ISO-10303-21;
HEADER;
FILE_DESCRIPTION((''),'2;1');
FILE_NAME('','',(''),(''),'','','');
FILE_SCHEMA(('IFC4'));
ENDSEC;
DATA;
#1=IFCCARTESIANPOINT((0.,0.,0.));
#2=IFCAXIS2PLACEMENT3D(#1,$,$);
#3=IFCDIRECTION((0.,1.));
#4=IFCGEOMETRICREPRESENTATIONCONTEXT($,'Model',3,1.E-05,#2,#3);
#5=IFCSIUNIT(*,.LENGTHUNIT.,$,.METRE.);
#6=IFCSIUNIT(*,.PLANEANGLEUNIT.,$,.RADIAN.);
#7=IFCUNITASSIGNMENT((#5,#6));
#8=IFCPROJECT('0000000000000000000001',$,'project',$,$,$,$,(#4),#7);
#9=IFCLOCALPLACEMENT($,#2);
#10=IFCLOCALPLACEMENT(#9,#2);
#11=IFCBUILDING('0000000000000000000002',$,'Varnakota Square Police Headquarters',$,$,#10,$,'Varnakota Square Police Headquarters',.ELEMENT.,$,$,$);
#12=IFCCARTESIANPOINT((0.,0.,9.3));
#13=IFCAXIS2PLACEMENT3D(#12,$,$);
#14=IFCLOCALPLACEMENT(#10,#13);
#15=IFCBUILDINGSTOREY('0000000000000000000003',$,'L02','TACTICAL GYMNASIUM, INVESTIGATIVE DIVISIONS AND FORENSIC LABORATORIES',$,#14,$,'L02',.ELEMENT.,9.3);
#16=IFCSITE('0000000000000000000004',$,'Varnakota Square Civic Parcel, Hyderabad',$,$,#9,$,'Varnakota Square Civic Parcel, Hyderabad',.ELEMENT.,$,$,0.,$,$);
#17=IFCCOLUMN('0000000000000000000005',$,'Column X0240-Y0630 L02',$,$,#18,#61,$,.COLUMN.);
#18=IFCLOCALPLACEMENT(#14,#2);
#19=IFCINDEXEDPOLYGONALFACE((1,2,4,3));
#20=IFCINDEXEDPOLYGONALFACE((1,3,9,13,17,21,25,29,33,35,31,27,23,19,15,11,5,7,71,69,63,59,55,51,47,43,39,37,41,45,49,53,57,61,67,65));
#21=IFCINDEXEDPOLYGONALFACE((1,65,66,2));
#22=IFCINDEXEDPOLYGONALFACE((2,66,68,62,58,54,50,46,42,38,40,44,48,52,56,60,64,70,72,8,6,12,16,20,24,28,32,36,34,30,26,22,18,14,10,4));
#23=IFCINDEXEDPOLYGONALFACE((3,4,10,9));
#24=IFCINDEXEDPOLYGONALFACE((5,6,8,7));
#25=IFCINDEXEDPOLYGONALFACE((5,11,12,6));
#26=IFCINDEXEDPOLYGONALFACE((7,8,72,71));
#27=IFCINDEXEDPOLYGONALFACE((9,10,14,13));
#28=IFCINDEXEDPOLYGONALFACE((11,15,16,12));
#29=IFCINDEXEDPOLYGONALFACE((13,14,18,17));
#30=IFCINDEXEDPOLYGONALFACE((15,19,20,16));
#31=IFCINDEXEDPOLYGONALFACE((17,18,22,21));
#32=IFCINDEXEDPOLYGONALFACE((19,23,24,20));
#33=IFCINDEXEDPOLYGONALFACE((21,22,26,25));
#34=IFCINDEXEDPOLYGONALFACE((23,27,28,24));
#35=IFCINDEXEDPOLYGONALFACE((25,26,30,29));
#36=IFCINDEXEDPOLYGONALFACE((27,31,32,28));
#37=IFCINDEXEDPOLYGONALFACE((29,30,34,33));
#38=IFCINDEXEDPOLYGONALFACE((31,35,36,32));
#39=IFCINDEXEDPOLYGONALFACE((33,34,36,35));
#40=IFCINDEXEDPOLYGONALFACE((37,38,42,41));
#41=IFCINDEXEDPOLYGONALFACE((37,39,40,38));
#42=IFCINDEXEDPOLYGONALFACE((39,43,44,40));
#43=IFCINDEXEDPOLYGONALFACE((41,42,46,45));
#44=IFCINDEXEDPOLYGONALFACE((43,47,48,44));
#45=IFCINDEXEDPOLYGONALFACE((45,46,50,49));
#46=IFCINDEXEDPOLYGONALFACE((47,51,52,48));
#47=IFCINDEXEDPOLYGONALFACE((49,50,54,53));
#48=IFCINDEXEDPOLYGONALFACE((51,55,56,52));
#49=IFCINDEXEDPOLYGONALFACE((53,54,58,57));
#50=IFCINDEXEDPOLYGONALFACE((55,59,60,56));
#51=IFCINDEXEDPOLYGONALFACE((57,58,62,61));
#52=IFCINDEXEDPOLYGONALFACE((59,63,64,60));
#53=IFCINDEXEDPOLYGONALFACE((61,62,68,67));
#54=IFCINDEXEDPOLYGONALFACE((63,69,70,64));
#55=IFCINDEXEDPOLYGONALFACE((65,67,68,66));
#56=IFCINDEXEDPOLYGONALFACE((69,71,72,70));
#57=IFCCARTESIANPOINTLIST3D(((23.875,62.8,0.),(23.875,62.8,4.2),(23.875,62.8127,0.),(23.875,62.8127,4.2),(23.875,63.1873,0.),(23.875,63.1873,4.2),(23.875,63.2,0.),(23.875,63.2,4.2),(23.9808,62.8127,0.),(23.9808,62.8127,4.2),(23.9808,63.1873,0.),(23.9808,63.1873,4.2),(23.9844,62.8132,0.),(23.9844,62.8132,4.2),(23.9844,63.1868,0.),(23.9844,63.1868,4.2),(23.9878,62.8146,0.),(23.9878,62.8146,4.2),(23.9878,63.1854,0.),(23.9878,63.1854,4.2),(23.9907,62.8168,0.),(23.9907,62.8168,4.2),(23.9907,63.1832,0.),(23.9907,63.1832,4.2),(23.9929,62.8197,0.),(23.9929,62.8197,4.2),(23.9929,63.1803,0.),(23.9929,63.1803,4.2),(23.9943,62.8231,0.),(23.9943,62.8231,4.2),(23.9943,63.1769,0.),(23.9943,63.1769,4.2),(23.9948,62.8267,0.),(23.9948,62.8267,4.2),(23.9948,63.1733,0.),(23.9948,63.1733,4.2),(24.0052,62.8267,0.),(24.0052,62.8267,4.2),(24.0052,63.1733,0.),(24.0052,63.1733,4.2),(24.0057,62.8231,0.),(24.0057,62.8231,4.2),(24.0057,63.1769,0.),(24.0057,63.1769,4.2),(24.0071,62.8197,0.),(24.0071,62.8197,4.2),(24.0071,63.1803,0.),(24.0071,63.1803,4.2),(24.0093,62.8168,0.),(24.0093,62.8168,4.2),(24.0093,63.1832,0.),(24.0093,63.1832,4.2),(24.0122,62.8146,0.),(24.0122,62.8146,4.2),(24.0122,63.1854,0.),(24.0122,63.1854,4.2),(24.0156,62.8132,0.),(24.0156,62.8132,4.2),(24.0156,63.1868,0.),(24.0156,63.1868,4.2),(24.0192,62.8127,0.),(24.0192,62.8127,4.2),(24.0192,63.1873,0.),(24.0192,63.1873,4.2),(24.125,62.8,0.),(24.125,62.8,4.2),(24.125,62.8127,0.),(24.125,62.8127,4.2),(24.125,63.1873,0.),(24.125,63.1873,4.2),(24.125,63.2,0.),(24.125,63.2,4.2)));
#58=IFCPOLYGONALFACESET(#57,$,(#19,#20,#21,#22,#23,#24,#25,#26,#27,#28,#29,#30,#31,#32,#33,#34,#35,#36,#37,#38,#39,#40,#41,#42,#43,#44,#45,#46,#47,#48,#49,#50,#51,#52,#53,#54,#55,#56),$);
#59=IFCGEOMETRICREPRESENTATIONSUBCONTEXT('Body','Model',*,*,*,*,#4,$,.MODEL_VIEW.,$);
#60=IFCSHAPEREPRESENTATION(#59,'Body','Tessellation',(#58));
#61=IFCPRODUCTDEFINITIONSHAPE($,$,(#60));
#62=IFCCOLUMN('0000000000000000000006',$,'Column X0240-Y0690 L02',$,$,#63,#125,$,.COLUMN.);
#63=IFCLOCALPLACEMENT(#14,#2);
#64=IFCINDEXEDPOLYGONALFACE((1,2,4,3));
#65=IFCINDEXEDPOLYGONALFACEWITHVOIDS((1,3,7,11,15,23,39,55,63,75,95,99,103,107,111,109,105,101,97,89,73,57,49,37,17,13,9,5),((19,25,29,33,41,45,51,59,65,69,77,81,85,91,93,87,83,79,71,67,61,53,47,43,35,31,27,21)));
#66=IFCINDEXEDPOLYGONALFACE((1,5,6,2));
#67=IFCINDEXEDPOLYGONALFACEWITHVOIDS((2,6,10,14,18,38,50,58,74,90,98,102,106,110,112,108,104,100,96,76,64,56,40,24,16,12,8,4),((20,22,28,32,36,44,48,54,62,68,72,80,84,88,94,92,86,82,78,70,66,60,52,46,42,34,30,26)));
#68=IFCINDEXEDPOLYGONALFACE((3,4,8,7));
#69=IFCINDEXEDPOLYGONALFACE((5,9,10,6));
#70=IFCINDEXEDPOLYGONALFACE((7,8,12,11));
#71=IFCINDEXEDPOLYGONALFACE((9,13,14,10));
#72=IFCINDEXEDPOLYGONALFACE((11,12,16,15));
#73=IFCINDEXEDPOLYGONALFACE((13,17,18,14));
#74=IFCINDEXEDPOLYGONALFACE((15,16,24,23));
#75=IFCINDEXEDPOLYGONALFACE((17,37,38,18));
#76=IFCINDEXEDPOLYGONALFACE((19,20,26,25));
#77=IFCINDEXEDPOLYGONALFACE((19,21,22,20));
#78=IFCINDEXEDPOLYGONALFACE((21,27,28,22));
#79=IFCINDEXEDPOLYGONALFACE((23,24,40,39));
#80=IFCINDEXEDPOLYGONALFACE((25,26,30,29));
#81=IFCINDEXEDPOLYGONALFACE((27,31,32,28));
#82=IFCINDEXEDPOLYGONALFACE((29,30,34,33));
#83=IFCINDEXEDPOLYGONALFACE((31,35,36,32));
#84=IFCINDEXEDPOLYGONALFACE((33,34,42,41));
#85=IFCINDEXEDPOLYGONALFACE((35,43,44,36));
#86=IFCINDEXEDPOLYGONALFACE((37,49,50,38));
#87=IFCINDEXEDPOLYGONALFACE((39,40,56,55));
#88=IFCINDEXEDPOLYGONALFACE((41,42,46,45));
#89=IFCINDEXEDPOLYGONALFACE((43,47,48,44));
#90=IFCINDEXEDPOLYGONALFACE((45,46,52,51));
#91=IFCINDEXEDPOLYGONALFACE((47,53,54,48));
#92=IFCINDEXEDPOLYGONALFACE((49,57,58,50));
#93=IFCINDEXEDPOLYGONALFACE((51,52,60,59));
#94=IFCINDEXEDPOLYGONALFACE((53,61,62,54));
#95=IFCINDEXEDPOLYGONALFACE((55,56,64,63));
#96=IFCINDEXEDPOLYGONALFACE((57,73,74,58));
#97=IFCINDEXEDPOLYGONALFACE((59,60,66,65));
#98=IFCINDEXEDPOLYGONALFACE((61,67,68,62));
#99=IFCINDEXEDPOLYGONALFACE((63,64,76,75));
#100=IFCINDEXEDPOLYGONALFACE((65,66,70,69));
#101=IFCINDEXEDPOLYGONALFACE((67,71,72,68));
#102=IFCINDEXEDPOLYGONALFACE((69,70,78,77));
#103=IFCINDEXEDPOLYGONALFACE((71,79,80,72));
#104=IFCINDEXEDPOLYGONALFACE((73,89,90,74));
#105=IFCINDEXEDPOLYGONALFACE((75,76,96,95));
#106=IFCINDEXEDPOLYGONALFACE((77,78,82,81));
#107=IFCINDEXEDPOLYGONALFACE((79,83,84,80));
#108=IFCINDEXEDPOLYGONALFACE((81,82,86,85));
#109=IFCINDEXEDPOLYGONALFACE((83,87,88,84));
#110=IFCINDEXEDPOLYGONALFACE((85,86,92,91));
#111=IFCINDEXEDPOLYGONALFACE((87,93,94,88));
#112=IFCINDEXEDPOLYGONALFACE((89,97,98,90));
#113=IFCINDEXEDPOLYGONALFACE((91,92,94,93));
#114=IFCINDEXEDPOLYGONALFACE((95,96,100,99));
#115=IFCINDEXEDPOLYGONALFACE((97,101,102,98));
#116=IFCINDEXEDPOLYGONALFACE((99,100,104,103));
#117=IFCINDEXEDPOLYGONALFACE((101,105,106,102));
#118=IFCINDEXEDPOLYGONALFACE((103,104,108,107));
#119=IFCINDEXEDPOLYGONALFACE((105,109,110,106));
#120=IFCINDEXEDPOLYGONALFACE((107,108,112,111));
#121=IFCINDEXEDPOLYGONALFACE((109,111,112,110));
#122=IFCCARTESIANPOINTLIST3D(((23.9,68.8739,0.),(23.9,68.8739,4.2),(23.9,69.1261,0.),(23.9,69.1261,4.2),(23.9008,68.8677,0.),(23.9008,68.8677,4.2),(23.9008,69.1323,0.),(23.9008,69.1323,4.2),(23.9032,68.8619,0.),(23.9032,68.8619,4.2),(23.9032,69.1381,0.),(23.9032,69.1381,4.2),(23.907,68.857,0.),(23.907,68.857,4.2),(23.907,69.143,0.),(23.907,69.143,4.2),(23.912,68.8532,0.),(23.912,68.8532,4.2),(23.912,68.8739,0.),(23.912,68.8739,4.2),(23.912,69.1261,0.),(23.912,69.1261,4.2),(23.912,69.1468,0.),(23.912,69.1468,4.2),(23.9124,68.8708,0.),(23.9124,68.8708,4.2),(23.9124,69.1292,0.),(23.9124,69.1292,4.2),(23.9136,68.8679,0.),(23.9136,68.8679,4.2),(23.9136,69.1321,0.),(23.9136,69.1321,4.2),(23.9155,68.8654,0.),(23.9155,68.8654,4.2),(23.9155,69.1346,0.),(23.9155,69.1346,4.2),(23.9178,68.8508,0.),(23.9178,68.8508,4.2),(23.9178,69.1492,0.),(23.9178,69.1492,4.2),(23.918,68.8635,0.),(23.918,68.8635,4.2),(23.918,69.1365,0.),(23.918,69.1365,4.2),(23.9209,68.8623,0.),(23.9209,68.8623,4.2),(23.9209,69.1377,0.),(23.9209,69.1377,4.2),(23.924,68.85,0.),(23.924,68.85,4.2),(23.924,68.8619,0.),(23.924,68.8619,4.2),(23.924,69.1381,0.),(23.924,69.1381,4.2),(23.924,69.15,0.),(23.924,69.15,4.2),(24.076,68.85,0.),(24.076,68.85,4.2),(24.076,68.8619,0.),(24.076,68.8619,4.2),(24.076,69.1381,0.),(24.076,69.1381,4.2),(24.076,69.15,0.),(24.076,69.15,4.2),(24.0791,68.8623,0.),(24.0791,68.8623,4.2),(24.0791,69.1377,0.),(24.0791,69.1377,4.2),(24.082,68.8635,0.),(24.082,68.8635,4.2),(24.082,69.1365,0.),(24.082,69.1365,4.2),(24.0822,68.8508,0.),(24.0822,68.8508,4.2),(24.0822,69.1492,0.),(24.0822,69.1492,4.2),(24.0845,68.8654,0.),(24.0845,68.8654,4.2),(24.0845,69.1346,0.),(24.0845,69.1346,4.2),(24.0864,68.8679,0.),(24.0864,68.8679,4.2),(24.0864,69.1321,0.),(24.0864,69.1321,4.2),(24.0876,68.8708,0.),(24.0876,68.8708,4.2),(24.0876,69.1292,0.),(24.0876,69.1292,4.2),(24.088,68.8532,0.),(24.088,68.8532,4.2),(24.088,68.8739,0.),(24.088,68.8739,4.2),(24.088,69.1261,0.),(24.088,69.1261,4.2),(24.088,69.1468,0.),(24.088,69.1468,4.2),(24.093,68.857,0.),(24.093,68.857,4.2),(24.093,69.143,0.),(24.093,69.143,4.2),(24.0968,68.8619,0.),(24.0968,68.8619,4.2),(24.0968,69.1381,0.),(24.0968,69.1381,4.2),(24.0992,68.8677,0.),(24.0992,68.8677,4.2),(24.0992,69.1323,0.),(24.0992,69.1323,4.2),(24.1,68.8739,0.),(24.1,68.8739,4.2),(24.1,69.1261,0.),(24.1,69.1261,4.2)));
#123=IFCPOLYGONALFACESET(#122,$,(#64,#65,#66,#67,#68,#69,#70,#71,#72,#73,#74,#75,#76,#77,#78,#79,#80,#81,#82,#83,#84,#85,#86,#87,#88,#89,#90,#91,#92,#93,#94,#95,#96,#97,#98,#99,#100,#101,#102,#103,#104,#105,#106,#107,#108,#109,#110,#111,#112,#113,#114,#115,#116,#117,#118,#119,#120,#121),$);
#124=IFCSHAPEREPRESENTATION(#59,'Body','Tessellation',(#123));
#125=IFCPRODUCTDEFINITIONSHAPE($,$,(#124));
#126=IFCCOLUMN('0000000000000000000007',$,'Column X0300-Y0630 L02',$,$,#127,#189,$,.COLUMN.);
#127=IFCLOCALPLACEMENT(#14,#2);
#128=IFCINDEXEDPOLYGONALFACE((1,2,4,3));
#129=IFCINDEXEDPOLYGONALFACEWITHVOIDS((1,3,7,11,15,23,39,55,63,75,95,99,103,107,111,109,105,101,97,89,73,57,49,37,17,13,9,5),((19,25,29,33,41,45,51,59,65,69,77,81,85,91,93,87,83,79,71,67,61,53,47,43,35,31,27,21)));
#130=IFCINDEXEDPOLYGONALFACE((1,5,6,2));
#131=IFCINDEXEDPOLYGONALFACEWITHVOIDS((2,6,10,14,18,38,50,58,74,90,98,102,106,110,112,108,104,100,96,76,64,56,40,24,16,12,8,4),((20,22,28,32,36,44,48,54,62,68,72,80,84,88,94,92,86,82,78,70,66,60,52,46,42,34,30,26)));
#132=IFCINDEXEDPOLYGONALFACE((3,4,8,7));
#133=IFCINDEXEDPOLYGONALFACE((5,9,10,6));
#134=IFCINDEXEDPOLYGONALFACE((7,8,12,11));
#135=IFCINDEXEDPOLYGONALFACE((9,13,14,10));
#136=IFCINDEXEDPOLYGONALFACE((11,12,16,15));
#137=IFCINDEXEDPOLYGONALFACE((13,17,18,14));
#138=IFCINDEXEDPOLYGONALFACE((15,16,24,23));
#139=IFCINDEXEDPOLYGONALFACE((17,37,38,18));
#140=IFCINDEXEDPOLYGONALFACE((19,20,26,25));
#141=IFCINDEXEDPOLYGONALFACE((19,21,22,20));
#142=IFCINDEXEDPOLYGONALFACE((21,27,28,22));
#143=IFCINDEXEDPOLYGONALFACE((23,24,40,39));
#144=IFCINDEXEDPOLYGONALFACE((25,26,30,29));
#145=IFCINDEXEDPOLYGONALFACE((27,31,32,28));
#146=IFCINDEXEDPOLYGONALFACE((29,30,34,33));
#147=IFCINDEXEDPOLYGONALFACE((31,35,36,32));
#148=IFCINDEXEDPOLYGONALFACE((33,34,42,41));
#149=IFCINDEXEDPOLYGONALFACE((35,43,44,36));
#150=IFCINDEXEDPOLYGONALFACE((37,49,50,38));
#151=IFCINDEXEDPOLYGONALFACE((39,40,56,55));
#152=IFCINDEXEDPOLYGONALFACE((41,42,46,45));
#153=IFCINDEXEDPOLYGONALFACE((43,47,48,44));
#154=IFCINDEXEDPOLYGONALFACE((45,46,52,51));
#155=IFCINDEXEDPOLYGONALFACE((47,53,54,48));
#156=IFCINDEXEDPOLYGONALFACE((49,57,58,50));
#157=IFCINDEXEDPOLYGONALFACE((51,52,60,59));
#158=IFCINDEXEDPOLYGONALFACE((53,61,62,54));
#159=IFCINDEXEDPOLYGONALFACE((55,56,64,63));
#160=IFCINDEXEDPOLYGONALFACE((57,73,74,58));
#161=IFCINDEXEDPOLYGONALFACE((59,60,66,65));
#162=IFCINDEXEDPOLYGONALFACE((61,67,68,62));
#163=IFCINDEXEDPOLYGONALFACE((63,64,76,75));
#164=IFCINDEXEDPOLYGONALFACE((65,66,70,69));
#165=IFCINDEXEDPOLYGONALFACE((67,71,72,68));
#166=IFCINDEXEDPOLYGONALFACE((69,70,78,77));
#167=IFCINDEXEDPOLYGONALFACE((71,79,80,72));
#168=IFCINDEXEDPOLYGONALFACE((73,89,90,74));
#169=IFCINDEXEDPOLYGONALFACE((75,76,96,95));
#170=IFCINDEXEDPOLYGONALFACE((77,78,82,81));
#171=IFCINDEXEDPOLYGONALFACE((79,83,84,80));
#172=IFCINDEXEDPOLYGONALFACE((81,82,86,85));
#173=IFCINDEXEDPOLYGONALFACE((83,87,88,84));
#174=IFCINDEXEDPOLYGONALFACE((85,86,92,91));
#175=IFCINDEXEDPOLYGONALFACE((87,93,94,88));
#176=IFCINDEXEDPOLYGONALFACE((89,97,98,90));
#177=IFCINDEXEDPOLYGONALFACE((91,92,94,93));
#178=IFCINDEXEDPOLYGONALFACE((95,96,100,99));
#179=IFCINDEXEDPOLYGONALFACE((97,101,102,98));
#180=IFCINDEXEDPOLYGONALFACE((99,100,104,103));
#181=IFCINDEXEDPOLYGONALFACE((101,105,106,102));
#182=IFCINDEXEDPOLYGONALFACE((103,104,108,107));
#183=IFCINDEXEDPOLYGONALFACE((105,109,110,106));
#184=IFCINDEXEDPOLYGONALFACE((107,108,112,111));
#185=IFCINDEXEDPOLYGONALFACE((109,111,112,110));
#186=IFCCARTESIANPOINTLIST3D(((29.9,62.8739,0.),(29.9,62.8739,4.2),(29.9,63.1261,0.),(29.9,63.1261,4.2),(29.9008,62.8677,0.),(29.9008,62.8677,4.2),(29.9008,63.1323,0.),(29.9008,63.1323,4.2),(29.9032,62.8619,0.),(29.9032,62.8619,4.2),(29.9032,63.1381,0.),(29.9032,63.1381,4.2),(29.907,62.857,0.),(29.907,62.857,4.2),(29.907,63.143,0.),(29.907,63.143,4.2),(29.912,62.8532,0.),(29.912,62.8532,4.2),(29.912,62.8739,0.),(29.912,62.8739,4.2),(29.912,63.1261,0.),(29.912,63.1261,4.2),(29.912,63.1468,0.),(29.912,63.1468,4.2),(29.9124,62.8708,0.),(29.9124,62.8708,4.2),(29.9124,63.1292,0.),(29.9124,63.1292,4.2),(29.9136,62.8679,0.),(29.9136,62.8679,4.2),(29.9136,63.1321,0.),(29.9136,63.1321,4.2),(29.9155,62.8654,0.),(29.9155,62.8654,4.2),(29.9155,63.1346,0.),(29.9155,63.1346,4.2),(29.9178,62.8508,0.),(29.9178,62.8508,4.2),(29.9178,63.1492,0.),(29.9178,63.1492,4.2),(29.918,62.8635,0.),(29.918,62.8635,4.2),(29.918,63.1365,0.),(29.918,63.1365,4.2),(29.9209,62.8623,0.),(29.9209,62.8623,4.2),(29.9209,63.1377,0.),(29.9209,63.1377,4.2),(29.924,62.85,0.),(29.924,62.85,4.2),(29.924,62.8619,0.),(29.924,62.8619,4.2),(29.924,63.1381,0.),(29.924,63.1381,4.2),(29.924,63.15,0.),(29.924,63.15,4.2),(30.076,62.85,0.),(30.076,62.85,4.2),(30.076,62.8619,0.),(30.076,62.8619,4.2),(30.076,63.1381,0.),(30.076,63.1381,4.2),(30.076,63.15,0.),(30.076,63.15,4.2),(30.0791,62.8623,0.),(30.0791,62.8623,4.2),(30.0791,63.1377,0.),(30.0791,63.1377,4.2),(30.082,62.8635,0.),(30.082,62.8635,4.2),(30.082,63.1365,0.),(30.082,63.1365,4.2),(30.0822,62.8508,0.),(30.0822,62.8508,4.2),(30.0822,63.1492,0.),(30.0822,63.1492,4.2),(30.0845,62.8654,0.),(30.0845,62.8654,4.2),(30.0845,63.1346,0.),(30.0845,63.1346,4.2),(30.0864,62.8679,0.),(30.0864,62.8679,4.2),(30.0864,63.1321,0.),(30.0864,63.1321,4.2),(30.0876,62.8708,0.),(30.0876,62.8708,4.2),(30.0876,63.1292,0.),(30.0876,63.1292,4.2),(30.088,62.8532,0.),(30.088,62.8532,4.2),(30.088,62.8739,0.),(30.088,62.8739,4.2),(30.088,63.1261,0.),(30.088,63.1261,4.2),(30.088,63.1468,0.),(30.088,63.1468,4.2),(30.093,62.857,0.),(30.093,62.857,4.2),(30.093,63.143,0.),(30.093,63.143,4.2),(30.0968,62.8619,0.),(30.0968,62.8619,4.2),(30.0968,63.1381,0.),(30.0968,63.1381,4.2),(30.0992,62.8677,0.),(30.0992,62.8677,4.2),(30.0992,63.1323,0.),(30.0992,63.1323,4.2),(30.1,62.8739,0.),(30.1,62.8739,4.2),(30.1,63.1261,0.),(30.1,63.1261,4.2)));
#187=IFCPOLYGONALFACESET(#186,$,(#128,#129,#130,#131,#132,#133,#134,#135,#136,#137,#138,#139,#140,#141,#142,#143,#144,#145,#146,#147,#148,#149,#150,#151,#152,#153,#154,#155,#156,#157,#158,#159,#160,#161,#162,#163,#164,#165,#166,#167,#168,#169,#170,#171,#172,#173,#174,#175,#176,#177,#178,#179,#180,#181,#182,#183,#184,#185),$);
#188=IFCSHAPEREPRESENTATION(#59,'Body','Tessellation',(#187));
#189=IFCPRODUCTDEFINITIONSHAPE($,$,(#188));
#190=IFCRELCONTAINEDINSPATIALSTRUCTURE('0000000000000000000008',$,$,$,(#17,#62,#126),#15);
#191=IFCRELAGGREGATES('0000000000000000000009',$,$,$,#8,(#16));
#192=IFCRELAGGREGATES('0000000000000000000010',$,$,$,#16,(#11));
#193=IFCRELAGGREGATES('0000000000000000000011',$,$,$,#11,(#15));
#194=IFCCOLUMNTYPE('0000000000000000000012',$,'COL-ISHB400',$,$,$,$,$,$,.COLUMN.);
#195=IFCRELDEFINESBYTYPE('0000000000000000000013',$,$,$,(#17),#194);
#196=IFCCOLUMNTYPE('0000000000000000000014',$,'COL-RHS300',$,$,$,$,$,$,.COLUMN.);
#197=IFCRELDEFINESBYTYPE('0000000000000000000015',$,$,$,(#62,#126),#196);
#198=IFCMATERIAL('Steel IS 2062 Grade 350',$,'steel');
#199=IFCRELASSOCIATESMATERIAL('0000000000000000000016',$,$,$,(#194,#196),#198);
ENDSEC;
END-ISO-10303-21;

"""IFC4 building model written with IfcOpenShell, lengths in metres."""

from ifc_helpers import new_model, si_unit, direction, frame, origin, origin_2d, place, context, subcontext, project, spatial, hollow_rectangle, i_section, extrude, material, material_profile, profile_set, type_object, element, save


model = new_model("IFC4")

# Units and contexts
model_context = context("Model", 3, precision=1e-05, world=origin(), true_north=direction((0.0, 1.0)))
body_context = subcontext(model_context, "Body", "Model", "MODEL_VIEW")
ifc_project = project(units=[si_unit("LENGTHUNIT", "METRE"), si_unit("PLANEANGLEUNIT", "RADIAN")], contexts=[model_context])

# Site, building, storey
site_placement = place(None, origin())
site = spatial("IfcSite", under=ifc_project, at=site_placement, Name="Varnakota Square Civic Parcel, Hyderabad", LongName="Varnakota Square Civic Parcel, Hyderabad", CompositionType="ELEMENT", RefElevation=0.0)
building_placement = place(site_placement, origin())
building = spatial("IfcBuilding", under=site, at=building_placement, Name="Varnakota Square Police Headquarters", LongName="Varnakota Square Police Headquarters", CompositionType="ELEMENT")
storey_placement = place(building_placement, frame((0.0, 0.0, 9.3)))
storey = spatial("IfcBuildingStorey", under=building, at=storey_placement, Name="L02", Description="TACTICAL GYMNASIUM, INVESTIGATIVE DIVISIONS AND FORENSIC LABORATORIES", LongName="L02", CompositionType="ELEMENT", Elevation=9.3)

# Columns
ifc_material_1 = material(Name="Steel IS 2062 Grade 350", Category="steel")
ifc_material_profile_1 = material_profile(ifc_material_1, i_section(OverallWidth=0.25, OverallDepth=0.3999, WebThickness=0.0105, FlangeThickness=0.0127, FilletRadius=0.0139, at=origin_2d()), Name="ISHB 400")
ifc_profile_set_1 = profile_set([ifc_material_profile_1], Name="Steel IS 2062 Grade 350")
column_type_1 = type_object("IfcColumnType", Name="COL-ISHB400", PredefinedType="COLUMN", material=ifc_profile_set_1)
column_placement = place(storey_placement, frame((24.0, 63.0, 0.0), z_axis=(0.0, 0.0, 1.0), x_axis=(1.0, 0.0, 0.0)))
element("IfcColumn", 1, at=column_placement, inside=storey, type_object=column_type_1, Name="Column X0240-Y0630 L02", PredefinedType="COLUMN", context=body_context, shape_type="SweptSolid", body=[
    extrude(i_section(OverallWidth=0.25, OverallDepth=0.3999, WebThickness=0.0105, FlangeThickness=0.0127, FilletRadius=0.0139, at=origin_2d()), origin(), (0.0, 0.0, 1.0), 4.2),
])
ifc_material_profile_2 = material_profile(ifc_material_1, hollow_rectangle(XDim=0.2, YDim=0.3, WallThickness=0.012, InnerFilletRadius=0.012, OuterFilletRadius=0.0239, at=origin_2d()), Name="RHS 300x200x12")
ifc_profile_set_2 = profile_set([ifc_material_profile_2], Name="Steel IS 2062 Grade 350")
column_type_2 = type_object("IfcColumnType", Name="COL-RHS300", PredefinedType="COLUMN", material=ifc_profile_set_2)
for number, where, z_axis, x_axis, name in (
    (2, (24.0, 69.0, 0.0), (0.0, 0.0, 1.0), (1.0, 0.0, 0.0), "Column X0240-Y0690 L02"),
    (3, (30.0, 63.0, 0.0), (0.0, 0.0, 1.0), (1.0, 0.0, 0.0), "Column X0300-Y0630 L02"),
):
    element("IfcColumn", number, at=place(storey_placement, frame(where, z_axis=z_axis, x_axis=x_axis)), inside=storey, type_object=column_type_2, Name=name, PredefinedType="COLUMN", context=body_context, shape_type="SweptSolid", body=[
        extrude(hollow_rectangle(XDim=0.2, YDim=0.3, WallThickness=0.012, InnerFilletRadius=0.012, OuterFilletRadius=0.0239, at=origin_2d()), origin(), (0.0, 0.0, 1.0), 4.2),
    ])

save(model, "model.ifc")
